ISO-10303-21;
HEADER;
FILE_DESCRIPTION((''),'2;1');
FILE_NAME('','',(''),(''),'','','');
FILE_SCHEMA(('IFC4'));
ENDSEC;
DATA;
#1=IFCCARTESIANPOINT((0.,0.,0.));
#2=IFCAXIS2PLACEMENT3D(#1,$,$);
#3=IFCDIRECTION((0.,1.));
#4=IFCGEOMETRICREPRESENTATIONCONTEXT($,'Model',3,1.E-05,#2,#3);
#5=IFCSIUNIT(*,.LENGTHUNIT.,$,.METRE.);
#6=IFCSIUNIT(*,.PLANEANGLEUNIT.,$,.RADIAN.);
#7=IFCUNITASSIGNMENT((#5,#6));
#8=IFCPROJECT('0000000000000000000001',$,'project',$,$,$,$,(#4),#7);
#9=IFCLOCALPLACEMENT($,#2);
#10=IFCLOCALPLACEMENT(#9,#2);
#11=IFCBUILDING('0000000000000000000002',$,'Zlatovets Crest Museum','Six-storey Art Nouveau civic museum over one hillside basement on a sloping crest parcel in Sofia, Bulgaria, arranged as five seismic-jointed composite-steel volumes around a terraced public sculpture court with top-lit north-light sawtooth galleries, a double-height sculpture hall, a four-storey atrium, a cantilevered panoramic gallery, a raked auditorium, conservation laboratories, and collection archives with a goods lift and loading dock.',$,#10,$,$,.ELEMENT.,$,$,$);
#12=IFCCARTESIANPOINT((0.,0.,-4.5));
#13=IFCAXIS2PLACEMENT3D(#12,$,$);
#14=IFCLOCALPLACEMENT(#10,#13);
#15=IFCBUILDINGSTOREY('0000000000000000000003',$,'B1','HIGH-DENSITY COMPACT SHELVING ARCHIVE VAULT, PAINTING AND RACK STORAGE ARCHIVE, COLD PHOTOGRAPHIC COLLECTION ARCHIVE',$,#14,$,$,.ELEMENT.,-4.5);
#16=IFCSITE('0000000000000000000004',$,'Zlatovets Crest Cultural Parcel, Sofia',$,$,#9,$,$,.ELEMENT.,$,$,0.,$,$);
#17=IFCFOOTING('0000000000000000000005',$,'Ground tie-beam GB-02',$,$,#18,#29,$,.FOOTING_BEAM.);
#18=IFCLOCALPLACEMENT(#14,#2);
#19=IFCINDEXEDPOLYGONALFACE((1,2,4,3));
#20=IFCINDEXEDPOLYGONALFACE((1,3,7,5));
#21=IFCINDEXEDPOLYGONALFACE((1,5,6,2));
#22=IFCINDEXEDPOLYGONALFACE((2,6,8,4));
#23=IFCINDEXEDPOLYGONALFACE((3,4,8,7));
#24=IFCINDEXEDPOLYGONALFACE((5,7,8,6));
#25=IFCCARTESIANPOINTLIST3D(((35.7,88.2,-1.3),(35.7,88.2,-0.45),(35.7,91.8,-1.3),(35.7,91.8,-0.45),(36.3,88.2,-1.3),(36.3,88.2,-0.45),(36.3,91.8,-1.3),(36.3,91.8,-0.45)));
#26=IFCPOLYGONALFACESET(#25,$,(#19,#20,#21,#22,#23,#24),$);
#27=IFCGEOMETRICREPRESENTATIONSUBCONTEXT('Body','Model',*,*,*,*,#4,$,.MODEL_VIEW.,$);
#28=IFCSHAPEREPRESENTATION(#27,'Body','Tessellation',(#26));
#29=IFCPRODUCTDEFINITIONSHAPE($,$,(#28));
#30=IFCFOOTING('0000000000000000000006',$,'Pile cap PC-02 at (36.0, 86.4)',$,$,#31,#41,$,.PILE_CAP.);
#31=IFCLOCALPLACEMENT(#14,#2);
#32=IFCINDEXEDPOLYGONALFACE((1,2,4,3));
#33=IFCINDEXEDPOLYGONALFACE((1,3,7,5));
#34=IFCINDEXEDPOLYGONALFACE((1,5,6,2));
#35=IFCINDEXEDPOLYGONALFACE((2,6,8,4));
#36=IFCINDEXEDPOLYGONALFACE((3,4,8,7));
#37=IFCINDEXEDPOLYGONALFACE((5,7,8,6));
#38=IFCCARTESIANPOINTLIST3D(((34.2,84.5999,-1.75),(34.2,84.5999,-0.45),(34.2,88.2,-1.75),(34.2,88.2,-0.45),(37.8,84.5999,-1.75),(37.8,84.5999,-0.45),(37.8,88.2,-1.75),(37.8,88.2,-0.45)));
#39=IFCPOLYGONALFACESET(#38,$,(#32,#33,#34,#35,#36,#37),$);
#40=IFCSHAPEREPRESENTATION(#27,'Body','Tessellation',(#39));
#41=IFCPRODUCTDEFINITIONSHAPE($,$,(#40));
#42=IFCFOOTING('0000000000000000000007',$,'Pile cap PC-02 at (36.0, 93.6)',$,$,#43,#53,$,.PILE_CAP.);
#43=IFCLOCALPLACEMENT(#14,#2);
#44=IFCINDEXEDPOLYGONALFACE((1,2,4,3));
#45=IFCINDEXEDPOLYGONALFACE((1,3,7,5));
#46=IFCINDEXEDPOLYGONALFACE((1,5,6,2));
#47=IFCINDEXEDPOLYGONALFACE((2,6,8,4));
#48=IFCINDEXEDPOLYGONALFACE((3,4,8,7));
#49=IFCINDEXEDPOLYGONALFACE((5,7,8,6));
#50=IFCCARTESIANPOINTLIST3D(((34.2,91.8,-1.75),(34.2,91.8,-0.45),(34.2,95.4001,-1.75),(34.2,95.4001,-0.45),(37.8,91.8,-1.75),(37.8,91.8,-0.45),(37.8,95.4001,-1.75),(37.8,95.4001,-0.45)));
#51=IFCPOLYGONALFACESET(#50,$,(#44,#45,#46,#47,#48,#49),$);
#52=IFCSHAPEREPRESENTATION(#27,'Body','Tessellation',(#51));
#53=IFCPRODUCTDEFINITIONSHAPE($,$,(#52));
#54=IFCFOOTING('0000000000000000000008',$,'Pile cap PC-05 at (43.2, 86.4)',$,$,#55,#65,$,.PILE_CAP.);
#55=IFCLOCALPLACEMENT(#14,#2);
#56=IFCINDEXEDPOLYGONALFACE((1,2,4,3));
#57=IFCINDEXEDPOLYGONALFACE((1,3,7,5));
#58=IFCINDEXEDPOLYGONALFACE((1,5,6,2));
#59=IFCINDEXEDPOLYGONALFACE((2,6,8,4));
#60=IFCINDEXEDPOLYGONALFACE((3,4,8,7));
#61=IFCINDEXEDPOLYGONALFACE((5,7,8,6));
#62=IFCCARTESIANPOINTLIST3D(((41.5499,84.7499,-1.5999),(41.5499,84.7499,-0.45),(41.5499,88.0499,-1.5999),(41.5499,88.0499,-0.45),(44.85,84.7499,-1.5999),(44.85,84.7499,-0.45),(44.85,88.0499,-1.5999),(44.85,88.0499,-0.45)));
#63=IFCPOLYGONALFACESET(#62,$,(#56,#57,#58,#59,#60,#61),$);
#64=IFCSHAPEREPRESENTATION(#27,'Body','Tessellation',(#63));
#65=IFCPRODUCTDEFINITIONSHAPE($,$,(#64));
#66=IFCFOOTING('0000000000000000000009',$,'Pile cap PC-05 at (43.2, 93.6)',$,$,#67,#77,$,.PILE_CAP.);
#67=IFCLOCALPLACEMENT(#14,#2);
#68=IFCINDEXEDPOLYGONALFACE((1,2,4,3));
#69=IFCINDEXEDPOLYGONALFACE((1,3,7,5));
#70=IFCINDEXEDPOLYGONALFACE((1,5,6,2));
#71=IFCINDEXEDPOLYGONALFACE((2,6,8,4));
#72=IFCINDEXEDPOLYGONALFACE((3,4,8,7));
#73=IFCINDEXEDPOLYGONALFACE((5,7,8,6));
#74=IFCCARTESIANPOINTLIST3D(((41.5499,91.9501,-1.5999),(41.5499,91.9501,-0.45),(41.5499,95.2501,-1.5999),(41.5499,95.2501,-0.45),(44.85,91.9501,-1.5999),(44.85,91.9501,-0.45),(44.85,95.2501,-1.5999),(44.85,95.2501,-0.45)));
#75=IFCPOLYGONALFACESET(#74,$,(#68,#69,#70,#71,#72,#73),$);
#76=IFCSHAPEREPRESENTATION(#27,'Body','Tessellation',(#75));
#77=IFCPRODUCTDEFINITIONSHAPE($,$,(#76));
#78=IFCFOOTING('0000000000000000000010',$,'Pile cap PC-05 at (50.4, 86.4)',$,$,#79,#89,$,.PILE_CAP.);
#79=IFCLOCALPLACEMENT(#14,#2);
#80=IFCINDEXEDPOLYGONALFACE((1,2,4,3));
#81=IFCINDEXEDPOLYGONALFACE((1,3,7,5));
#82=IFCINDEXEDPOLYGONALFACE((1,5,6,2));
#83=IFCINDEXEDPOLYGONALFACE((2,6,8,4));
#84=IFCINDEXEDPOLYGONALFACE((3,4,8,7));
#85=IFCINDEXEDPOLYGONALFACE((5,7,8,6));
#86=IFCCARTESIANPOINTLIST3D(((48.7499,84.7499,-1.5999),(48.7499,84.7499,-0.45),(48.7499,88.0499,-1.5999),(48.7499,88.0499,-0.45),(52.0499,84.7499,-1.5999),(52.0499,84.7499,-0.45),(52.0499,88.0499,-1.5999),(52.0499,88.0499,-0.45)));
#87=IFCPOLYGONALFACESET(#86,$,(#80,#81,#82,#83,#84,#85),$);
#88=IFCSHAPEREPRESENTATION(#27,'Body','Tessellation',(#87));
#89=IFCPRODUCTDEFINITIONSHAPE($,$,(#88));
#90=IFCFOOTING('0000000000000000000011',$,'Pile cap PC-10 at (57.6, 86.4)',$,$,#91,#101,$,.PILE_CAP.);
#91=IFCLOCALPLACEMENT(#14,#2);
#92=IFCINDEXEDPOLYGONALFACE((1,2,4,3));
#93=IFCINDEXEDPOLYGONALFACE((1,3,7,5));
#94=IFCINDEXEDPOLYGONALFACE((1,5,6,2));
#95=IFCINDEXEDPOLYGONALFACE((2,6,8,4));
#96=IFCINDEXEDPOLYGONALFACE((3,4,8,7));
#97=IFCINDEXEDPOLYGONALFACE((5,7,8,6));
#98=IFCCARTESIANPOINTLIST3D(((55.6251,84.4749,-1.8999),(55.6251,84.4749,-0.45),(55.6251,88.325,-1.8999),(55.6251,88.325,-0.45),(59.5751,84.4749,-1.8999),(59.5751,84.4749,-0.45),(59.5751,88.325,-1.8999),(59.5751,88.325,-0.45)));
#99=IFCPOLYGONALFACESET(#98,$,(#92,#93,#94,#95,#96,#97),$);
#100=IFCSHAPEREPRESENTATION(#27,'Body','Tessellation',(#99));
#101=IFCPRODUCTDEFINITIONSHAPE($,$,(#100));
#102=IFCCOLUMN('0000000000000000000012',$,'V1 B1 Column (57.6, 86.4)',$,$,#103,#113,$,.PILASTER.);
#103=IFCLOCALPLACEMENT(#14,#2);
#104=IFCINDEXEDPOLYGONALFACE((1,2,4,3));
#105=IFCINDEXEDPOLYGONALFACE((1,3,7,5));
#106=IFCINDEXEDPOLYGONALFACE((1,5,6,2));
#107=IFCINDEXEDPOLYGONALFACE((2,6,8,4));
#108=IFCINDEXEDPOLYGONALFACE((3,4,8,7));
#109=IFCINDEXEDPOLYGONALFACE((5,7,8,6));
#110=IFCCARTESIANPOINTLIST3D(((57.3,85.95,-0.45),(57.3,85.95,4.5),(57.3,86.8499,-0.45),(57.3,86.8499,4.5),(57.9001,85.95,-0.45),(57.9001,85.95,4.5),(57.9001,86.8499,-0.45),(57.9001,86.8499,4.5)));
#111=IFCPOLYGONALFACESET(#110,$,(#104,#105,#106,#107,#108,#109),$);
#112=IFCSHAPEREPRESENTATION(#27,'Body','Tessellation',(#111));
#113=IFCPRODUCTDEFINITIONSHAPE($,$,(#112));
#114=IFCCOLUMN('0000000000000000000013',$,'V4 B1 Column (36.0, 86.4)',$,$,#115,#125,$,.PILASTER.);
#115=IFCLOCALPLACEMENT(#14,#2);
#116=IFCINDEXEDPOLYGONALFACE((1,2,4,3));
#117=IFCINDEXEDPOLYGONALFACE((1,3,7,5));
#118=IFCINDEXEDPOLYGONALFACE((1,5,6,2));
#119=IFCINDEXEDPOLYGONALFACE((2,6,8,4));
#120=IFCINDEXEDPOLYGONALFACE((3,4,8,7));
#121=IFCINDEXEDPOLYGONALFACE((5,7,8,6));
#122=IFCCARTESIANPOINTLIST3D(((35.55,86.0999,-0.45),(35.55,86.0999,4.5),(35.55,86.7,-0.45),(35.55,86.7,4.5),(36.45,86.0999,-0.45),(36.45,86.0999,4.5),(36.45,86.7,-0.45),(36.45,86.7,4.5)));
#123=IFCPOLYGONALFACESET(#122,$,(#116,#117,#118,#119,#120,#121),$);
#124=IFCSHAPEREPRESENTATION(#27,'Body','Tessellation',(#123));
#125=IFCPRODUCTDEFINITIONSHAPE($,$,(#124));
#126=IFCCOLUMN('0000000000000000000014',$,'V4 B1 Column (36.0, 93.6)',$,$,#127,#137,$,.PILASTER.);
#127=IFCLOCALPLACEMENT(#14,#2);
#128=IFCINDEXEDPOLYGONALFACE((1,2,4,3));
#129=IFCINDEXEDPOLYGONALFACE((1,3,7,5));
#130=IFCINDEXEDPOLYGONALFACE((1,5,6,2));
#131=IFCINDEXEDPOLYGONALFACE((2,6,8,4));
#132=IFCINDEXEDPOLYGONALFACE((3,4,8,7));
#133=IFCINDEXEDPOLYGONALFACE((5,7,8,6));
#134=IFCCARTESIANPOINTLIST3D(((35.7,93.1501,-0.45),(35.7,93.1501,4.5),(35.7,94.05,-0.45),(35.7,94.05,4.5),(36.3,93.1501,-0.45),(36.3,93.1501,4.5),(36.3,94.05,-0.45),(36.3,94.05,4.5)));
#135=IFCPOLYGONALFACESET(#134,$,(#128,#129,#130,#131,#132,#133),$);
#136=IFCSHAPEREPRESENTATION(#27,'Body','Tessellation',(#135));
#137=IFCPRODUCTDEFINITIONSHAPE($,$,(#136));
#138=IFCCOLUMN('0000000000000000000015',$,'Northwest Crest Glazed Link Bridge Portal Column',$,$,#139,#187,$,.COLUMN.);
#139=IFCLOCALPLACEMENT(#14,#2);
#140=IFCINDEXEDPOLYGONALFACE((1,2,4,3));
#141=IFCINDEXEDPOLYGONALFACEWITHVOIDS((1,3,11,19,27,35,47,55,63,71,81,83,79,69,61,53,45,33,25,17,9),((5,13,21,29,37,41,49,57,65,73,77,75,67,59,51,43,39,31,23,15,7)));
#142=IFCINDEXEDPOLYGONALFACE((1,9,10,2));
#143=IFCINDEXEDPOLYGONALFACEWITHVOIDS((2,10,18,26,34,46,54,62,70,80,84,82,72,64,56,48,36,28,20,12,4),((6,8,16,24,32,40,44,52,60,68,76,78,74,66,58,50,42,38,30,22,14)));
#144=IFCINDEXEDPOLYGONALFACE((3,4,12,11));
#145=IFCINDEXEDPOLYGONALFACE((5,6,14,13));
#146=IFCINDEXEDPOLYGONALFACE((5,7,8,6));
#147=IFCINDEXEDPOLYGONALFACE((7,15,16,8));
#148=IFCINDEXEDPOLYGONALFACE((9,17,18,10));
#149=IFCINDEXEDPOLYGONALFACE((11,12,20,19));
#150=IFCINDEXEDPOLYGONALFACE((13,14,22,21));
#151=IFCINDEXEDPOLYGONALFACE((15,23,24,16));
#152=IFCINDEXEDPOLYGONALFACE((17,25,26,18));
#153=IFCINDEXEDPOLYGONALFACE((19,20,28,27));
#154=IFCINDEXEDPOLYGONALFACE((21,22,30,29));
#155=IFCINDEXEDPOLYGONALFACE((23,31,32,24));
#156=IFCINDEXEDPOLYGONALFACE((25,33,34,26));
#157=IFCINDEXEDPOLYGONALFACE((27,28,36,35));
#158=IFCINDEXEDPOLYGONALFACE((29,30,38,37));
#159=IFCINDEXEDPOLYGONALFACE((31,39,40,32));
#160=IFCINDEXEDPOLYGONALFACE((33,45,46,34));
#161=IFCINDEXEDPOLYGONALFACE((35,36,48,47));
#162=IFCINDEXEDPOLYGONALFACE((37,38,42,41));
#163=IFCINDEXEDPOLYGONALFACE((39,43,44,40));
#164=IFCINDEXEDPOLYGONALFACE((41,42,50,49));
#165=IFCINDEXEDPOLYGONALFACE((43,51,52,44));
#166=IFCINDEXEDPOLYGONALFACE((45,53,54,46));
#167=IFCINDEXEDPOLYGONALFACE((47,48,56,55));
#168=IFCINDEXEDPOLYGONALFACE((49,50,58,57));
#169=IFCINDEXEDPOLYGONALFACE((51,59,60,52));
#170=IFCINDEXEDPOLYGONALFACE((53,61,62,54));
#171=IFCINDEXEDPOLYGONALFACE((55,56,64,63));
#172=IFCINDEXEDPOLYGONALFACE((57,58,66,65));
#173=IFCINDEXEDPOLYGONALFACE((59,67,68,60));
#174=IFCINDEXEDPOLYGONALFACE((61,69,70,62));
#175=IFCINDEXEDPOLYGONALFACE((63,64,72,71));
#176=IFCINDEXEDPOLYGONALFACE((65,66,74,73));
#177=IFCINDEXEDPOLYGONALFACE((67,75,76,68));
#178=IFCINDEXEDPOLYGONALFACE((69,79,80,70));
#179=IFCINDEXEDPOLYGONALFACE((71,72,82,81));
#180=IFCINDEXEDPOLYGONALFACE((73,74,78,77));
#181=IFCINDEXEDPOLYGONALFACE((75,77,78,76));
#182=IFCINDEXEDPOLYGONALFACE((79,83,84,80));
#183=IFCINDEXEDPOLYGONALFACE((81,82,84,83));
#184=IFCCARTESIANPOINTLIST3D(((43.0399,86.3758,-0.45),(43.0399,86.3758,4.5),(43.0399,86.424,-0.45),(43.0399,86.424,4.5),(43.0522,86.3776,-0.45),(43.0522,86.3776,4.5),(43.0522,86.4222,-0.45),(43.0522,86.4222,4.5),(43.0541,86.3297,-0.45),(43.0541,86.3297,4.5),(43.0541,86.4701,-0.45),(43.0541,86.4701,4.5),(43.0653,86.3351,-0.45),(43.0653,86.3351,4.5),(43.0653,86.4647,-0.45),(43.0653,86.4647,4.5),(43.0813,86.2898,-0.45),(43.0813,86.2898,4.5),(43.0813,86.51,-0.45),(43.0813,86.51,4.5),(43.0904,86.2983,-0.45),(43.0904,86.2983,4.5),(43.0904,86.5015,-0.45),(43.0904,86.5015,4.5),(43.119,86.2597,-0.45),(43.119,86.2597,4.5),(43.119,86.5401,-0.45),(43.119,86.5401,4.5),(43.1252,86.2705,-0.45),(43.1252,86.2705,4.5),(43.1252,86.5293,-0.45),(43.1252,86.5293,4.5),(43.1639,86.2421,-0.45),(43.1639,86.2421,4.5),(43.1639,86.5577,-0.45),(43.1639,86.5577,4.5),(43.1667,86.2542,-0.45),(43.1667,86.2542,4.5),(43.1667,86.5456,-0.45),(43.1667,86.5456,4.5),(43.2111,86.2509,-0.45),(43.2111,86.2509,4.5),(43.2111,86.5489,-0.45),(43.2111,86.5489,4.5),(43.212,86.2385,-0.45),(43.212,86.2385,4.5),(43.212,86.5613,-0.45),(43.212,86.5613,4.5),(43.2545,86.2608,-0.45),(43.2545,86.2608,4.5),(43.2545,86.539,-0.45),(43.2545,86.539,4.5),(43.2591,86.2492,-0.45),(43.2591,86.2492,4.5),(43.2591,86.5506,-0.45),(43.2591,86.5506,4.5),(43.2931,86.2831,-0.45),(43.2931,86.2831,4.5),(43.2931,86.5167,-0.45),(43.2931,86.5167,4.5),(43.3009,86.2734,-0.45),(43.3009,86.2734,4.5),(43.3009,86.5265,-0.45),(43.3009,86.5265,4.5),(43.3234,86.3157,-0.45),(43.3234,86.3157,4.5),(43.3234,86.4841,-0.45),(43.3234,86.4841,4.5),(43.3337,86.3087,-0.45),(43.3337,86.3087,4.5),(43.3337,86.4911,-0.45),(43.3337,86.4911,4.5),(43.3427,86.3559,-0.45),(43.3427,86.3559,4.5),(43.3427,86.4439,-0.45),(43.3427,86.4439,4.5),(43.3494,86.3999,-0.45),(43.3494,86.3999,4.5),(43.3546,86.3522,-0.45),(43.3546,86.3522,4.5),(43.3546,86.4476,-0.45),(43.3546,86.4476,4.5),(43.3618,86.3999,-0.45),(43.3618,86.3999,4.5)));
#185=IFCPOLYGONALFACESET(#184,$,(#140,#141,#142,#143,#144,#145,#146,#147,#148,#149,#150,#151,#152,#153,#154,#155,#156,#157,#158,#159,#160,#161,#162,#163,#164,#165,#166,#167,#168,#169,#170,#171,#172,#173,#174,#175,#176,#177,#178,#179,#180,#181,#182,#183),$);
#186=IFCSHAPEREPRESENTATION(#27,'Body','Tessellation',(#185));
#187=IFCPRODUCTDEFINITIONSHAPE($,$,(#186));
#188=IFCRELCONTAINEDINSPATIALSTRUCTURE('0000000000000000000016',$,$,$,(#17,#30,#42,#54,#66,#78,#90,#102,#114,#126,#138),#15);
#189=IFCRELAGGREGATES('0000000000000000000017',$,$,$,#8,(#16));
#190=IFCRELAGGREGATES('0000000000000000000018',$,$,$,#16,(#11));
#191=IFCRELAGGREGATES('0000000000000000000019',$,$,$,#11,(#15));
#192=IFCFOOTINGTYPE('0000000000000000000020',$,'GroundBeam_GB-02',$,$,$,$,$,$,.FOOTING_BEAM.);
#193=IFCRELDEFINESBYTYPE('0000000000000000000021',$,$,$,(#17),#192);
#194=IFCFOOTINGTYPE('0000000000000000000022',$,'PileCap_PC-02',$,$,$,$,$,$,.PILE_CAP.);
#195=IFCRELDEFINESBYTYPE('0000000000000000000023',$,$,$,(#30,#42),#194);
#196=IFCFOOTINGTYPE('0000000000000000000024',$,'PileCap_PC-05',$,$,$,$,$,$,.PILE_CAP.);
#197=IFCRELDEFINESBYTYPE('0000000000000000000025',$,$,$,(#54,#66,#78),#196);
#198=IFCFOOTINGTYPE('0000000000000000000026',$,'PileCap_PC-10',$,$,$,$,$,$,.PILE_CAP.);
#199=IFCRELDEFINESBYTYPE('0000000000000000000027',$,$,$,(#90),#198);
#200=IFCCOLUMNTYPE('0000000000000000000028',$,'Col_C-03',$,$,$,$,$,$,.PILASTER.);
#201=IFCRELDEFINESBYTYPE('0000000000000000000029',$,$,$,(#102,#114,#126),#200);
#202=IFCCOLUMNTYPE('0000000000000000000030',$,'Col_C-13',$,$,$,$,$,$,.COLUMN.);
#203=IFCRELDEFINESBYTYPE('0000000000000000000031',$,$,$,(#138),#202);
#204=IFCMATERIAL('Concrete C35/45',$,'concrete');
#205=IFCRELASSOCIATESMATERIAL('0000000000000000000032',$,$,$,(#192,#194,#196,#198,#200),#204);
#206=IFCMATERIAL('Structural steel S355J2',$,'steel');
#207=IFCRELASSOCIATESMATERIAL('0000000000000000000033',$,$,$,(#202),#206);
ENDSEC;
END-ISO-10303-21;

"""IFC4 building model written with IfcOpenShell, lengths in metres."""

from ifc_helpers import new_model, si_unit, direction, frame, origin, origin_2d, place, context, subcontext, project, spatial, rectangle, hollow_circle, extrude, material, material_profile, profile_set, type_object, element, save


model = new_model("IFC4")

# Units and contexts
model_context = context("Model", 3, precision=1e-05, world=origin(), true_north=direction((0.0, 1.0)))
body_context = subcontext(model_context, "Body", "Model", "MODEL_VIEW")
ifc_project = project(units=[si_unit("LENGTHUNIT", "METRE"), si_unit("PLANEANGLEUNIT", "RADIAN")], contexts=[model_context])

# Site, building, storey
site_placement = place(None, origin())
site = spatial("IfcSite", under=ifc_project, at=site_placement, Name="Zlatovets Crest Cultural Parcel, Sofia", CompositionType="ELEMENT", RefElevation=0.0)
building_placement = place(site_placement, origin())
building = spatial("IfcBuilding", under=site, at=building_placement, Name="Zlatovets Crest Museum", Description="Six-storey Art Nouveau civic museum over one hillside basement on a sloping crest parcel in Sofia, Bulgaria, arranged as five seismic-jointed composite-steel volumes around a terraced public sculpture court with top-lit north-light sawtooth galleries, a double-height sculpture hall, a four-storey atrium, a cantilevered panoramic gallery, a raked auditorium, conservation laboratories, and collection archives with a goods lift and loading dock.", CompositionType="ELEMENT")
storey_placement = place(building_placement, frame((0.0, 0.0, -4.5)))
storey = spatial("IfcBuildingStorey", under=building, at=storey_placement, Name="B1", Description="HIGH-DENSITY COMPACT SHELVING ARCHIVE VAULT, PAINTING AND RACK STORAGE ARCHIVE, COLD PHOTOGRAPHIC COLLECTION ARCHIVE", CompositionType="ELEMENT", Elevation=-4.5)

# Shared definitions
ifc_material_1 = material(Name="Concrete C35/45", Category="concrete")

# Footings
ifc_material_profile_1 = material_profile(ifc_material_1, rectangle(XDim=0.6001, YDim=0.8501, at=origin_2d()), Name="RC 600x850")
ifc_profile_set_1 = profile_set([ifc_material_profile_1], Name="Concrete C35/45")
footing_type_1 = type_object("IfcFootingType", Name="GroundBeam_GB-02", PredefinedType="FOOTING_BEAM", material=ifc_profile_set_1)
footing_1_placement = place(storey_placement, frame((36.0, 88.2, -0.875), z_axis=(0.0, 1.0, 0.0), x_axis=(-1.0, 0.0, 0.0)))
element("IfcFooting", 1, at=footing_1_placement, inside=storey, type_object=footing_type_1, Name="Ground tie-beam GB-02", PredefinedType="FOOTING_BEAM", context=body_context, shape_type="SweptSolid", body=[
    extrude(rectangle(XDim=0.6001, YDim=0.8501, at=origin_2d()), origin(), (0.0, 0.0, 1.0), 3.6001),
])
footing_type_2 = type_object("IfcFootingType", Name="PileCap_PC-02", PredefinedType="PILE_CAP", material=ifc_material_1)
for number, where, z_axis, x_axis, name in (
    (2, (36.0, 86.3999, -1.75), (0.0, 0.0, 1.0), (1.0, 0.0, 0.0), "Pile cap PC-02 at (36.0, 86.4)"),
    (3, (36.0, 93.6001, -1.75), (0.0, 0.0, 1.0), (1.0, 0.0, 0.0), "Pile cap PC-02 at (36.0, 93.6)"),
):
    element("IfcFooting", number, at=place(storey_placement, frame(where, z_axis=z_axis, x_axis=x_axis)), inside=storey, type_object=footing_type_2, Name=name, PredefinedType="PILE_CAP", context=body_context, shape_type="SweptSolid", body=[
        extrude(rectangle(XDim=3.6001, YDim=3.6001, at=origin_2d()), origin(), (0.0, 0.0, 1.0), 1.3),
    ])
footing_type_3 = type_object("IfcFootingType", Name="PileCap_PC-05", PredefinedType="PILE_CAP", material=ifc_material_1)
for number, where, z_axis, x_axis, name in (
    (4, (43.2, 86.3999, -1.5999), (0.0, 0.0, 1.0), (1.0, 0.0, 0.0), "Pile cap PC-05 at (43.2, 86.4)"),
    (5, (43.2, 93.6001, -1.5999), (0.0, 0.0, 1.0), (1.0, 0.0, 0.0), "Pile cap PC-05 at (43.2, 93.6)"),
    (6, (50.3999, 86.3999, -1.5999), (0.0, 0.0, 1.0), (1.0, 0.0, 0.0), "Pile cap PC-05 at (50.4, 86.4)"),
):
    element("IfcFooting", number, at=place(storey_placement, frame(where, z_axis=z_axis, x_axis=x_axis)), inside=storey, type_object=footing_type_3, Name=name, PredefinedType="PILE_CAP", context=body_context, shape_type="SweptSolid", body=[
        extrude(rectangle(XDim=3.3, YDim=3.3, at=origin_2d()), origin(), (0.0, 0.0, 1.0), 1.1499),
    ])
footing_type_4 = type_object("IfcFootingType", Name="PileCap_PC-10", PredefinedType="PILE_CAP", material=ifc_material_1)
footing_2_placement = place(storey_placement, frame((57.6001, 86.3999, -1.8999), z_axis=(0.0, 0.0, 1.0), x_axis=(1.0, 0.0, 0.0)))
element("IfcFooting", 7, at=footing_2_placement, inside=storey, type_object=footing_type_4, Name="Pile cap PC-10 at (57.6, 86.4)", PredefinedType="PILE_CAP", context=body_context, shape_type="SweptSolid", body=[
    extrude(rectangle(XDim=3.95, YDim=3.8501, at=origin_2d()), origin(), (0.0, 0.0, 1.0), 1.45),
])

# Columns
ifc_material_profile_2 = material_profile(ifc_material_1, rectangle(XDim=0.6001, YDim=0.8999, at=origin_2d()), Name="RC 600x900")
ifc_profile_set_2 = profile_set([ifc_material_profile_2], Name="Concrete C35/45")
column_type_1 = type_object("IfcColumnType", Name="Col_C-03", PredefinedType="PILASTER", material=ifc_profile_set_2)
for number, where, z_axis, x_axis, name in (
    (8, (57.6001, 86.3999, -0.45), (0.0, 0.0, 1.0), (1.0, 0.0, 0.0), "V1 B1 Column (57.6, 86.4)"),
    (9, (36.0, 86.3999, -0.45), (0.0, 0.0, 1.0), (0.0, 1.0, 0.0), "V4 B1 Column (36.0, 86.4)"),
    (10, (36.0, 93.6001, -0.45), (0.0, 0.0, 1.0), (1.0, 0.0, 0.0), "V4 B1 Column (36.0, 93.6)"),
):
    element("IfcColumn", number, at=place(storey_placement, frame(where, z_axis=z_axis, x_axis=x_axis)), inside=storey, type_object=column_type_1, Name=name, PredefinedType="PILASTER", context=body_context, shape_type="SweptSolid", body=[
        extrude(rectangle(XDim=0.6001, YDim=0.8999, at=origin_2d()), origin(), (0.0, 0.0, 1.0), 4.95),
    ])
ifc_material_2 = material(Name="Structural steel S355J2", Category="steel")
ifc_material_profile_3 = material_profile(ifc_material_2, hollow_circle(Radius=0.1619, WallThickness=0.0125, at=origin_2d()), Name="CHS 323.9x12.5")
ifc_profile_set_3 = profile_set([ifc_material_profile_3], Name="Structural steel S355J2")
column_type_2 = type_object("IfcColumnType", Name="Col_C-13", PredefinedType="COLUMN", material=ifc_profile_set_3)
for number, where, z_axis, x_axis, name in (
    (11, (43.2, 86.3999, -0.45), (0.0, 0.0, 1.0), (1.0, 0.0, 0.0), "Northwest Crest Glazed Link Bridge Portal Column"),
):
    element("IfcColumn", number, at=place(storey_placement, frame(where, z_axis=z_axis, x_axis=x_axis)), inside=storey, type_object=column_type_2, Name=name, PredefinedType="COLUMN", context=body_context, shape_type="SweptSolid", body=[
        extrude(hollow_circle(Radius=0.1619, WallThickness=0.0125, at=origin_2d()), origin(), (0.0, 0.0, 1.0), 4.95),
    ])

save(model, "model.ifc")
